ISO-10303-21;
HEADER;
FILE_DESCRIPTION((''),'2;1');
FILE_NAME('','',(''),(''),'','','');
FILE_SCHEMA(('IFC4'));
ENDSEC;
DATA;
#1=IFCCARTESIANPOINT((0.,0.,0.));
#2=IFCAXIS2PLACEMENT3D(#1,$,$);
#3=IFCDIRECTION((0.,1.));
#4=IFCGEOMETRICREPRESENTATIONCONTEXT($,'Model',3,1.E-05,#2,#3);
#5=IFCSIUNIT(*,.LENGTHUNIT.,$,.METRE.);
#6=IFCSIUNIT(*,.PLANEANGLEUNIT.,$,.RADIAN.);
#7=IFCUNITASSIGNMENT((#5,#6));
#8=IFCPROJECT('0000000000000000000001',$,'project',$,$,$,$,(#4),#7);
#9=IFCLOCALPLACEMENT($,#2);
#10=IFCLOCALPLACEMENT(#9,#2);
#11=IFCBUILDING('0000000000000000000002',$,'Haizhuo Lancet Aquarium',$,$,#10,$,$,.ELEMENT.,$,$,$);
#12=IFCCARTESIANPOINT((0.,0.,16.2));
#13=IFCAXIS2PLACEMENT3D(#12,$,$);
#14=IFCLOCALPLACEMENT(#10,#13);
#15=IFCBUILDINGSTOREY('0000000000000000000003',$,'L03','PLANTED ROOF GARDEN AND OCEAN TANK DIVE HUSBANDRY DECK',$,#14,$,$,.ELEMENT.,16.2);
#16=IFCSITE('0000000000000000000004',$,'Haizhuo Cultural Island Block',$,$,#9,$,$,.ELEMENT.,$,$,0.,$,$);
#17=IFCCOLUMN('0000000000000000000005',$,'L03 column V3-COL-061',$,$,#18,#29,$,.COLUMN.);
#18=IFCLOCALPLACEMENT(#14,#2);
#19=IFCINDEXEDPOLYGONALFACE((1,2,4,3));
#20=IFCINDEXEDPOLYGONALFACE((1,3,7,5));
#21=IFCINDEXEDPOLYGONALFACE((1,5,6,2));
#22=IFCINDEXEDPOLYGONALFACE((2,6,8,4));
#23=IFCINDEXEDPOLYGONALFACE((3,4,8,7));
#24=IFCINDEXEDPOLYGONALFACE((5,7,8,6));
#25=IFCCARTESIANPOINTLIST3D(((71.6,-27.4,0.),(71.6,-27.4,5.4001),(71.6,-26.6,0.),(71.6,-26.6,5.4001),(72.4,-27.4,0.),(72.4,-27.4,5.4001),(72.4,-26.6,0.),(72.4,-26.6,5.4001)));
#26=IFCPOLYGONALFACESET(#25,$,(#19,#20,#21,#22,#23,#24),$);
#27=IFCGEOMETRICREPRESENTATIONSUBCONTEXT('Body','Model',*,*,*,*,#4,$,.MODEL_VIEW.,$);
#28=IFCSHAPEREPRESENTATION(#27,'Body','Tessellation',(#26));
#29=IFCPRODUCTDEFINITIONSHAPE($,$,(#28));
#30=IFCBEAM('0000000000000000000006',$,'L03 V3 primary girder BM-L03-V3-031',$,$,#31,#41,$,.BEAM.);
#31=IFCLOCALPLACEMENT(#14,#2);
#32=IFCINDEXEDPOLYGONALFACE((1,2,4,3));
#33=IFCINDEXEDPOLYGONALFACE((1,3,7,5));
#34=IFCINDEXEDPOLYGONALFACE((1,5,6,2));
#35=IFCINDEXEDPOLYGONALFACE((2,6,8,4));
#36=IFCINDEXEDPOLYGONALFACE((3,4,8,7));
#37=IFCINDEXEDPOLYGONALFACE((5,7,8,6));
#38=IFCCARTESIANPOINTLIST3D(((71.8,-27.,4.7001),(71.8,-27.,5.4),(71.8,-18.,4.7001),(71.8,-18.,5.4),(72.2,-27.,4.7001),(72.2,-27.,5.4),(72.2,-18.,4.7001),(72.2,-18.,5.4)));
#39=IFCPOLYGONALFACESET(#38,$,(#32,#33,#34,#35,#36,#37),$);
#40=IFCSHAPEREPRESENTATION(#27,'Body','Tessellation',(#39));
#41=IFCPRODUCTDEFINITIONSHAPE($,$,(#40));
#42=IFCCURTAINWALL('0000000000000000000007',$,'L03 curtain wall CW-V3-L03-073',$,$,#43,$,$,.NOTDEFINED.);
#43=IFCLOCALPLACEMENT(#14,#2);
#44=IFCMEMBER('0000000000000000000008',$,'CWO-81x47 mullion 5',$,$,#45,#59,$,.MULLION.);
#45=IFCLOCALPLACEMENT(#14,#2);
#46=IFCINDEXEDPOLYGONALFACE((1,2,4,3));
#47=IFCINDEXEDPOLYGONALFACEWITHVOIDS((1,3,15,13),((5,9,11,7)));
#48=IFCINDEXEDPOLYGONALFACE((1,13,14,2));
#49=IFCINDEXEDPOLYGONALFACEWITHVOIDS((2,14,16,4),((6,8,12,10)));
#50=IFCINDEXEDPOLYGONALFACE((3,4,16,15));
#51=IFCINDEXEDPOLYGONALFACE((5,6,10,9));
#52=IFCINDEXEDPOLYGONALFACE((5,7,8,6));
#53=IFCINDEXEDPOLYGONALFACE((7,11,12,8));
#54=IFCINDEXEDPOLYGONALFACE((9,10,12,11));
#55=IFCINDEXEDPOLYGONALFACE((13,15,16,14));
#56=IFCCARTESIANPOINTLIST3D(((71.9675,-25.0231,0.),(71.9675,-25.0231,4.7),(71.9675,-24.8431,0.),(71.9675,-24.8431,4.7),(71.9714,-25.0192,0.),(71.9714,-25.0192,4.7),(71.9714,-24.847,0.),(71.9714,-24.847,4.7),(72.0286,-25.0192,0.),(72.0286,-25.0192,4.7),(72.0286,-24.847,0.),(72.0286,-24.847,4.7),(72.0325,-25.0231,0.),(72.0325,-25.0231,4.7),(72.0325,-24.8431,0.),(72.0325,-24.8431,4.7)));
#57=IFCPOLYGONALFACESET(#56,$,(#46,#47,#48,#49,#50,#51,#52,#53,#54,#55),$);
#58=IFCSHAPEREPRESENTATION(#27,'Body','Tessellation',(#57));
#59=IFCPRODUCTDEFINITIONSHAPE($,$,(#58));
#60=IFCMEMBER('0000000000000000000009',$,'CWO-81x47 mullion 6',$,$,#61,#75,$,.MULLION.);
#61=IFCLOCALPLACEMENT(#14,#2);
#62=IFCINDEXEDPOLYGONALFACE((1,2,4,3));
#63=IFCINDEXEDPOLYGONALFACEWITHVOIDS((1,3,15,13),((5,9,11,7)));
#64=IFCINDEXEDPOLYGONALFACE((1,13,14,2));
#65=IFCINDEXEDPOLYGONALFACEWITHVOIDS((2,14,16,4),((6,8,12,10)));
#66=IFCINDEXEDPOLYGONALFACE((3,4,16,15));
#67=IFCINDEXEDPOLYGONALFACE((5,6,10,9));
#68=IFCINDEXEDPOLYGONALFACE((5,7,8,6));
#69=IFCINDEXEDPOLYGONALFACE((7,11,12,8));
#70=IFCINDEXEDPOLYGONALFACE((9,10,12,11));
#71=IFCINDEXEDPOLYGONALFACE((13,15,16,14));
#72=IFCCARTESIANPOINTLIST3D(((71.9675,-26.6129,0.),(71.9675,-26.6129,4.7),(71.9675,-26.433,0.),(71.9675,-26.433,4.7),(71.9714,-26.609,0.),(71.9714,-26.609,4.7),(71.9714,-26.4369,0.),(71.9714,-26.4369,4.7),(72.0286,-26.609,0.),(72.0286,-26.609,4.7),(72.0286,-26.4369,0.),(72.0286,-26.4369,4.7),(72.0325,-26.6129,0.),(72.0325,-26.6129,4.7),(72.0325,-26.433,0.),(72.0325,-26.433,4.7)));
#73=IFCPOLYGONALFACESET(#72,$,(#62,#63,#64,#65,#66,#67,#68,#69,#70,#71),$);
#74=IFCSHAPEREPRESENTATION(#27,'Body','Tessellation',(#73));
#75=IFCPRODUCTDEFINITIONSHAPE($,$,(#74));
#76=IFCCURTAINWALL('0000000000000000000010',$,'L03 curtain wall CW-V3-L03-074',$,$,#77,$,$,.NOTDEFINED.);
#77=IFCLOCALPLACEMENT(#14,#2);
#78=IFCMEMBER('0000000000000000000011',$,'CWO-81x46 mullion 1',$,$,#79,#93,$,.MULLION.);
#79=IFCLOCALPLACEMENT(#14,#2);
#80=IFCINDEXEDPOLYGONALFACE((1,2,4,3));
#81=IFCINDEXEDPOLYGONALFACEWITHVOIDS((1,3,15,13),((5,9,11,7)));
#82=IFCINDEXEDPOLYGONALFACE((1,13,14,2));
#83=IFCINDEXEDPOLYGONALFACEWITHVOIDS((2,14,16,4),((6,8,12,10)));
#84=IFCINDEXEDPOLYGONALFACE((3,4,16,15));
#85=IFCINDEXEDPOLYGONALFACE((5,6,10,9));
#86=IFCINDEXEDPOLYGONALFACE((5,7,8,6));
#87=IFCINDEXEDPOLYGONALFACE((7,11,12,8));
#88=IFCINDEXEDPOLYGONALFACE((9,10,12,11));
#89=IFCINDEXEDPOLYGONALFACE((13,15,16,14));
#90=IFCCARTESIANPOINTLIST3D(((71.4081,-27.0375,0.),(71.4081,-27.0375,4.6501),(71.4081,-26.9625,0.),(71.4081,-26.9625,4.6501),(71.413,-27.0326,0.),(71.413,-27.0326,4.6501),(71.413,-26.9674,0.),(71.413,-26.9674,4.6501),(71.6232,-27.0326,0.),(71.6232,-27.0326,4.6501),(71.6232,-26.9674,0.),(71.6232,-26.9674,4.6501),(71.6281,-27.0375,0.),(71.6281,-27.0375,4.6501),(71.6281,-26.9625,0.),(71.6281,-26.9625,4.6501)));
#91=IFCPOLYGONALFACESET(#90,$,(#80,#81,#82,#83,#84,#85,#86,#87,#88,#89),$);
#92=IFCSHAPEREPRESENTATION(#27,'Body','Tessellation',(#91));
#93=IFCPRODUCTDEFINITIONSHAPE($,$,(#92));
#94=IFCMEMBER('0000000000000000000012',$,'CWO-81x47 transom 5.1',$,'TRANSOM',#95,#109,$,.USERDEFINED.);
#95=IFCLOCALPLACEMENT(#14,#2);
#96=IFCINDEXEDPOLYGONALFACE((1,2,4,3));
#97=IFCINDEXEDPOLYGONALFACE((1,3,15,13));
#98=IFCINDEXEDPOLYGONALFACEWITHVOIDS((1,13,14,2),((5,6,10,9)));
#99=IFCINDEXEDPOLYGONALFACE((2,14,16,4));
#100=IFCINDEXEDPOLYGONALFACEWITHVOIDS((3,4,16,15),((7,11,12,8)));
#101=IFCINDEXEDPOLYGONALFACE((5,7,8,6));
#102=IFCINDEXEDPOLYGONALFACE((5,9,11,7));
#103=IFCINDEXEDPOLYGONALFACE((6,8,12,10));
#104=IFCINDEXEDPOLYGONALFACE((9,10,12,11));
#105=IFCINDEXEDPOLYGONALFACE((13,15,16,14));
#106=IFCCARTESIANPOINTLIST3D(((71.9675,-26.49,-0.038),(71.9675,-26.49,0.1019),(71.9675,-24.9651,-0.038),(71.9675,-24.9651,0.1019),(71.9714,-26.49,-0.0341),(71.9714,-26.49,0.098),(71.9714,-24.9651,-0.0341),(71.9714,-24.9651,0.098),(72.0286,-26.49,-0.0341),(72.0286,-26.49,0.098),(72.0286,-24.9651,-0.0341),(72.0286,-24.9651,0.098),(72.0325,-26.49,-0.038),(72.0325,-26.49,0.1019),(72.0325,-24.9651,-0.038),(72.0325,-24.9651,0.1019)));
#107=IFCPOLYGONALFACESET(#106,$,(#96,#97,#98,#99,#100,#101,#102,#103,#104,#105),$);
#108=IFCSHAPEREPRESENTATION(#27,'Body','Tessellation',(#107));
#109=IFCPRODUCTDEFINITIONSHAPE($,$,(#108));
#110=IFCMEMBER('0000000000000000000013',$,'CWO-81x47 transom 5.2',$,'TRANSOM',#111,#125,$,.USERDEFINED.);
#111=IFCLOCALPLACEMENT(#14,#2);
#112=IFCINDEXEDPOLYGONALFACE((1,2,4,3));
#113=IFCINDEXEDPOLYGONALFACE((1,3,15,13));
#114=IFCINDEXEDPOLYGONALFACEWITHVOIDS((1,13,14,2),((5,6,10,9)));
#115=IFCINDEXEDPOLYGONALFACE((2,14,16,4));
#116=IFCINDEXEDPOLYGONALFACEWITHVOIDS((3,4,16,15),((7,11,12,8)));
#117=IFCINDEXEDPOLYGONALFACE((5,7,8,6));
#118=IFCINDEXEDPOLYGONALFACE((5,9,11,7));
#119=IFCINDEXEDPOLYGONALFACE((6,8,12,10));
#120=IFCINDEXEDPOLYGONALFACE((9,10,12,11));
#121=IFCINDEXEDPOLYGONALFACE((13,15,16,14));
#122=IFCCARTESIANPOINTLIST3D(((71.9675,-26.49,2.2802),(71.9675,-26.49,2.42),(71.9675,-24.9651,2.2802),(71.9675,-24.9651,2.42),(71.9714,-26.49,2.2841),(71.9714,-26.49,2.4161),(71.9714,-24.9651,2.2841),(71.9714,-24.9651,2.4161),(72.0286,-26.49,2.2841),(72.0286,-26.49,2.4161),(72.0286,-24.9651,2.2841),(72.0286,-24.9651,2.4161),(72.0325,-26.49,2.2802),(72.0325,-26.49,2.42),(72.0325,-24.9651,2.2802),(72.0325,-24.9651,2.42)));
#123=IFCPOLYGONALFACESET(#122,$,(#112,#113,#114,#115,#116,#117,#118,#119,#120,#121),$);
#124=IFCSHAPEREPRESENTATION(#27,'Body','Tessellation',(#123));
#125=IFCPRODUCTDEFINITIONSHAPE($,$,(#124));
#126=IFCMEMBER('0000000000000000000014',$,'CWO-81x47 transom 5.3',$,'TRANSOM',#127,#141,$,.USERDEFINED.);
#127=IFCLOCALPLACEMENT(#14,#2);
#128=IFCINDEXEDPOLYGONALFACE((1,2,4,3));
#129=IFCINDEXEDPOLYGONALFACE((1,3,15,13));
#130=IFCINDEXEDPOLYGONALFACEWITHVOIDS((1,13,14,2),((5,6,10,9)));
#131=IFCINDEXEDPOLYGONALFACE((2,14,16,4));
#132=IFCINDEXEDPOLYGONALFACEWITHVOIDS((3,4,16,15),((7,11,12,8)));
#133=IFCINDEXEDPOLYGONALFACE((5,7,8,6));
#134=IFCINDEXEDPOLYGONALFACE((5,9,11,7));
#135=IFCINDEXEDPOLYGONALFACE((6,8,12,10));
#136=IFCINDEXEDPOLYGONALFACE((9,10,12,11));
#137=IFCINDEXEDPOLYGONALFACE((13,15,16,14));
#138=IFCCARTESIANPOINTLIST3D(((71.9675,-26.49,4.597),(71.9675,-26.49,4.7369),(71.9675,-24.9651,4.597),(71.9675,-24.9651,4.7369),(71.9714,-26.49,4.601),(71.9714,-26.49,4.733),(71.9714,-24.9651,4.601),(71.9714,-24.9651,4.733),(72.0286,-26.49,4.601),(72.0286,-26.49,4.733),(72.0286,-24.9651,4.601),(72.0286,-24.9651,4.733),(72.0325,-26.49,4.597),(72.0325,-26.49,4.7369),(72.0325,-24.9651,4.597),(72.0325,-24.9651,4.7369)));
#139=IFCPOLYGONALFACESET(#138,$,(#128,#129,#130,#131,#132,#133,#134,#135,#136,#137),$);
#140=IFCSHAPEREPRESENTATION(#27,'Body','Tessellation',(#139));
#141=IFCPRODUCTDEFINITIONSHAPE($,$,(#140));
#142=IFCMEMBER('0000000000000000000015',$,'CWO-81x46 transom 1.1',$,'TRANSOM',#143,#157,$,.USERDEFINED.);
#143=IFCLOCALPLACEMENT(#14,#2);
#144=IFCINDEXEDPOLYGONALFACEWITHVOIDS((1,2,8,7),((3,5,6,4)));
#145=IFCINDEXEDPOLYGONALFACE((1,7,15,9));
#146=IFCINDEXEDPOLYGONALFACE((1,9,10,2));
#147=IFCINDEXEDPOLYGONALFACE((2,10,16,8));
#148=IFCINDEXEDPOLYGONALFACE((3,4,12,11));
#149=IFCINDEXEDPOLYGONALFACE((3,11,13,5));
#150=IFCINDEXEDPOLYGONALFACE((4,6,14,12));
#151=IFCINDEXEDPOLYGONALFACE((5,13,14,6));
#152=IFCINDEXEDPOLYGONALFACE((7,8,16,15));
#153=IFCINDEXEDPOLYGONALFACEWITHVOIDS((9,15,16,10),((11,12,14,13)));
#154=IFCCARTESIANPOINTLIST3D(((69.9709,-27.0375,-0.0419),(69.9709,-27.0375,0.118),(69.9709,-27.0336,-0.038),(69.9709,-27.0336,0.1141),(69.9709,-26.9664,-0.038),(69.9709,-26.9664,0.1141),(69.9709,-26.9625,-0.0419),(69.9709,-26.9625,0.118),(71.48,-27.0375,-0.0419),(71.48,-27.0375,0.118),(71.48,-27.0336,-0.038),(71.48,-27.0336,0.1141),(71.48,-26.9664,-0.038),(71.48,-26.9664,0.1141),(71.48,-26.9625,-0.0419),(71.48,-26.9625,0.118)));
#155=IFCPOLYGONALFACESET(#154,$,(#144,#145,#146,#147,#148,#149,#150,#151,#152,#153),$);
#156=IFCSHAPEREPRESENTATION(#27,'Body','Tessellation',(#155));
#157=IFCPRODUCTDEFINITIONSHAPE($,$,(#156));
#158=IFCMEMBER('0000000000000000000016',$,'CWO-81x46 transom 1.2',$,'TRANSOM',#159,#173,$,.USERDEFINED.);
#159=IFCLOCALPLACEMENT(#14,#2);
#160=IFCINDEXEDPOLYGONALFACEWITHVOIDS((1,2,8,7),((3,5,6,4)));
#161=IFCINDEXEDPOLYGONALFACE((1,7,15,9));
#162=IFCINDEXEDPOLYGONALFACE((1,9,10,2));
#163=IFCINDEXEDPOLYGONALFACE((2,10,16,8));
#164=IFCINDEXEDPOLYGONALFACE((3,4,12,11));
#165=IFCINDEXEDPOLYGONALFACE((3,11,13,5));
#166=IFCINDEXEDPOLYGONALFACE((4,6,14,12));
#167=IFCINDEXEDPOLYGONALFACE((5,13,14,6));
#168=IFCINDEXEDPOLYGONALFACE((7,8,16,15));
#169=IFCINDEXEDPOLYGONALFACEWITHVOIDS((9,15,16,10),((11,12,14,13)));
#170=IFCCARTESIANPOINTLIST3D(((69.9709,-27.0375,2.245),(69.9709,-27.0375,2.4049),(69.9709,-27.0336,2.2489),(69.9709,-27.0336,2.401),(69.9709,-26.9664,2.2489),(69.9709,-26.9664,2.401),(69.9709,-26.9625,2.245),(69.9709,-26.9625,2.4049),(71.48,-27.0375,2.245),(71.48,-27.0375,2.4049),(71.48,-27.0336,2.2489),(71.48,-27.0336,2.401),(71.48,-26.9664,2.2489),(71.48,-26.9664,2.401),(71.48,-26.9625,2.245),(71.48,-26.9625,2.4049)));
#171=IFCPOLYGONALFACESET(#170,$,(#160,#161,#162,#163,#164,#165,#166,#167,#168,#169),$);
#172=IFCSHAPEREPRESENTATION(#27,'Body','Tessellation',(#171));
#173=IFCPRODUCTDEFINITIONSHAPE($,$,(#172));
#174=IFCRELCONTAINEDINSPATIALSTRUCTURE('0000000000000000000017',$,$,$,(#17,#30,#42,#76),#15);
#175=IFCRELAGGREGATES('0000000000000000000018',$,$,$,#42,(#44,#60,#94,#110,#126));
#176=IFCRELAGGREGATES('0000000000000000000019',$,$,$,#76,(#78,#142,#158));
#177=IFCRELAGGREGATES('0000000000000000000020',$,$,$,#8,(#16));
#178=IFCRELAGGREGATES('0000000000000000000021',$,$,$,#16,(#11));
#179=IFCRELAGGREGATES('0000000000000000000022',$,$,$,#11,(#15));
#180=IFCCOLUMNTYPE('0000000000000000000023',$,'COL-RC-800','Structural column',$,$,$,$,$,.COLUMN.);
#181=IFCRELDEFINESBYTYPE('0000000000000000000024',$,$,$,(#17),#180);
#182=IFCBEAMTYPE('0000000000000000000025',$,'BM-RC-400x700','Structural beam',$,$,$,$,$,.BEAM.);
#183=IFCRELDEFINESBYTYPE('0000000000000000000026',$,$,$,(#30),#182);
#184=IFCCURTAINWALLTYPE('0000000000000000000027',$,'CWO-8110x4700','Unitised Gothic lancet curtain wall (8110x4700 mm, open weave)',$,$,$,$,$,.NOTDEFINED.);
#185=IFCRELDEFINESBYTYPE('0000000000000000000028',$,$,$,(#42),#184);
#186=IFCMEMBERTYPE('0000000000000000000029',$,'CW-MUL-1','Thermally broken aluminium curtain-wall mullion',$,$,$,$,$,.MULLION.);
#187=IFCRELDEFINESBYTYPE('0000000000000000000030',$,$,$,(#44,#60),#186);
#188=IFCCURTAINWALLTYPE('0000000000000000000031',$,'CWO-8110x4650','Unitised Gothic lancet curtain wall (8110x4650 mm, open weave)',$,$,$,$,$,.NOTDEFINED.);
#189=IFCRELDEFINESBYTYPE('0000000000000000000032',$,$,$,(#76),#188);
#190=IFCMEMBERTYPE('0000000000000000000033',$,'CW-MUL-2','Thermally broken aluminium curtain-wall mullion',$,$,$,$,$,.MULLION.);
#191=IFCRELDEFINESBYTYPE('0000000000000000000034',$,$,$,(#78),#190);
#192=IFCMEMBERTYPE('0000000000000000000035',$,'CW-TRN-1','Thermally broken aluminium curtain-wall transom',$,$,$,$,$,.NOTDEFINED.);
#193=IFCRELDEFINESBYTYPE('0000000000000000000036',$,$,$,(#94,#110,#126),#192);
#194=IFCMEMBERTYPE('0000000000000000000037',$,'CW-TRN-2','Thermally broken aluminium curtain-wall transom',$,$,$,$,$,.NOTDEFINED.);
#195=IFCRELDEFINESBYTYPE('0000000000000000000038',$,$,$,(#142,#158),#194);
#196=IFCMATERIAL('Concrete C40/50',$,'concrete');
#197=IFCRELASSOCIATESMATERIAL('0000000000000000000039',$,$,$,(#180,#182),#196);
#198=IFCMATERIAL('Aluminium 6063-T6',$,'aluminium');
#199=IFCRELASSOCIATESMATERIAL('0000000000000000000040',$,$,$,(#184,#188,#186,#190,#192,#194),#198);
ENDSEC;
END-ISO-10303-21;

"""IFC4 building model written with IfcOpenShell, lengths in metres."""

from ifc_helpers import new_model, si_unit, direction, frame, origin, origin_2d, place, context, subcontext, project, spatial, rectangle, hollow_rectangle, extrude, material, material_profile, profile_set, type_object, element, aggregate, save


model = new_model("IFC4")

# Units and contexts
model_context = context("Model", 3, precision=1e-05, world=origin(), true_north=direction((0.0, 1.0)))
body_context = subcontext(model_context, "Body", "Model", "MODEL_VIEW")
ifc_project = project(units=[si_unit("LENGTHUNIT", "METRE"), si_unit("PLANEANGLEUNIT", "RADIAN")], contexts=[model_context])

# Site, building, storey
site_placement = place(None, origin())
site = spatial("IfcSite", under=ifc_project, at=site_placement, Name="Haizhuo Cultural Island Block", CompositionType="ELEMENT", RefElevation=0.0)
building_placement = place(site_placement, origin())
building = spatial("IfcBuilding", under=site, at=building_placement, Name="Haizhuo Lancet Aquarium", CompositionType="ELEMENT")
storey_placement = place(building_placement, frame((0.0, 0.0, 16.2)))
storey = spatial("IfcBuildingStorey", under=building, at=storey_placement, Name="L03", Description="PLANTED ROOF GARDEN AND OCEAN TANK DIVE HUSBANDRY DECK", CompositionType="ELEMENT", Elevation=16.2)

# Column
ifc_material_1 = material(Name="Concrete C40/50", Category="concrete")
ifc_material_profile_1 = material_profile(ifc_material_1, rectangle(XDim=0.8, YDim=0.8, at=origin_2d()), Name="RC-COL 800x800")
ifc_profile_set_1 = profile_set([ifc_material_profile_1], Name="Concrete C40/50")
column_type = type_object("IfcColumnType", Name="COL-RC-800", Description="Structural column", PredefinedType="COLUMN", material=ifc_profile_set_1)
column_placement = place(storey_placement, frame((72.0, -27.0, 0.0), z_axis=(0.0, 0.0, 1.0), x_axis=(1.0, 0.0, 0.0)))
element("IfcColumn", 1, at=column_placement, inside=storey, type_object=column_type, Name="L03 column V3-COL-061", PredefinedType="COLUMN", context=body_context, shape_type="SweptSolid", body=[
    extrude(rectangle(XDim=0.8, YDim=0.8, at=origin_2d()), origin(), (0.0, 0.0, 1.0), 5.4001),
])

# Beam
ifc_material_profile_2 = material_profile(ifc_material_1, rectangle(XDim=0.3999, YDim=0.7, at=origin_2d()), Name="RC-BM 400x700")
ifc_profile_set_2 = profile_set([ifc_material_profile_2], Name="Concrete C40/50")
beam_type = type_object("IfcBeamType", Name="BM-RC-400x700", Description="Structural beam", PredefinedType="BEAM", material=ifc_profile_set_2)
beam_placement = place(storey_placement, frame((72.0, -27.0, 5.05), z_axis=(0.0, 1.0, 0.0), x_axis=(-1.0, 0.0, 0.0)))
element("IfcBeam", 2, at=beam_placement, inside=storey, type_object=beam_type, Name="L03 V3 primary girder BM-L03-V3-031", PredefinedType="BEAM", context=body_context, shape_type="SweptSolid", body=[
    extrude(rectangle(XDim=0.3999, YDim=0.7, at=origin_2d()), origin(), (0.0, 0.0, 1.0), 9.0),
])

# Curtain wall, members
ifc_material_2 = material(Name="Aluminium 6063-T6", Category="aluminium")
curtain_wall_type_1 = type_object("IfcCurtainWallType", Name="CWO-8110x4700", Description="Unitised Gothic lancet curtain wall (8110x4700 mm, open weave)", PredefinedType="NOTDEFINED", material=ifc_material_2)
curtain_wall_1_placement = place(storey_placement, origin())
curtain_wall_1 = element("IfcCurtainWall", 3, at=curtain_wall_1_placement, inside=storey, type_object=curtain_wall_type_1, Name="L03 curtain wall CW-V3-L03-073", PredefinedType="NOTDEFINED")
ifc_material_profile_3 = material_profile(ifc_material_2, hollow_rectangle(XDim=0.0649, YDim=0.1799, WallThickness=0.0039, at=origin_2d()), Name="ALU-M 65x180x4")
ifc_profile_set_3 = profile_set([ifc_material_profile_3], Name="Aluminium 6063-T6")
member_type_1 = type_object("IfcMemberType", Name="CW-MUL-1", Description="Thermally broken aluminium curtain-wall mullion", PredefinedType="MULLION", material=ifc_profile_set_3)
member_1_placement = place(storey_placement, frame((72.0, -24.9331, 0.0), z_axis=(0.0, 0.0, 1.0), x_axis=(1.0, 0.0, 0.0)))
member_1 = element("IfcMember", 4, at=member_1_placement, type_object=member_type_1, Name="CWO-81x47 mullion 5", PredefinedType="MULLION", context=body_context, shape_type="SweptSolid", body=[
    extrude(hollow_rectangle(XDim=0.0649, YDim=0.1799, WallThickness=0.0039, at=origin_2d()), origin(), (0.0, 0.0, 1.0), 4.7),
])
member_2_placement = place(storey_placement, frame((72.0, -26.5229, 0.0), z_axis=(0.0, 0.0, 1.0), x_axis=(1.0, 0.0, 0.0)))
member_2 = element("IfcMember", 5, at=member_2_placement, type_object=member_type_1, Name="CWO-81x47 mullion 6", PredefinedType="MULLION", context=body_context, shape_type="SweptSolid", body=[
    extrude(hollow_rectangle(XDim=0.0649, YDim=0.1799, WallThickness=0.0039, at=origin_2d()), origin(), (0.0, 0.0, 1.0), 4.7),
])

# Curtain wall, member
curtain_wall_type_2 = type_object("IfcCurtainWallType", Name="CWO-8110x4650", Description="Unitised Gothic lancet curtain wall (8110x4650 mm, open weave)", PredefinedType="NOTDEFINED", material=ifc_material_2)
curtain_wall_2_placement = place(storey_placement, origin())
curtain_wall_2 = element("IfcCurtainWall", 6, at=curtain_wall_2_placement, inside=storey, type_object=curtain_wall_type_2, Name="L03 curtain wall CW-V3-L03-074", PredefinedType="NOTDEFINED")
ifc_material_profile_4 = material_profile(ifc_material_2, hollow_rectangle(XDim=0.075, YDim=0.22, WallThickness=0.0049, at=origin_2d()), Name="ALU-M 75x220x5")
ifc_profile_set_4 = profile_set([ifc_material_profile_4], Name="Aluminium 6063-T6")
member_type_2 = type_object("IfcMemberType", Name="CW-MUL-2", Description="Thermally broken aluminium curtain-wall mullion", PredefinedType="MULLION", material=ifc_profile_set_4)
member_3_placement = place(storey_placement, frame((71.5181, -27.0, 0.0), z_axis=(0.0, 0.0, 1.0), x_axis=(0.0, -1.0, 0.0)))
member_3 = element("IfcMember", 7, at=member_3_placement, type_object=member_type_2, Name="CWO-81x46 mullion 1", PredefinedType="MULLION", context=body_context, shape_type="SweptSolid", body=[
    extrude(hollow_rectangle(XDim=0.075, YDim=0.22, WallThickness=0.0049, at=origin_2d()), origin(), (0.0, 0.0, 1.0), 4.6501),
])

# Members
ifc_material_profile_5 = material_profile(ifc_material_2, hollow_rectangle(XDim=0.0649, YDim=0.1399, WallThickness=0.0039, at=origin_2d()), Name="ALU-T 65x140x4")
ifc_profile_set_5 = profile_set([ifc_material_profile_5], Name="Aluminium 6063-T6")
member_type_3 = type_object("IfcMemberType", Name="CW-TRN-1", Description="Thermally broken aluminium curtain-wall transom", PredefinedType="NOTDEFINED", material=ifc_profile_set_5)
member_4_placement = place(storey_placement, frame((72.0, -24.9651, 0.032), z_axis=(0.0, -1.0, 0.0), x_axis=(1.0, 0.0, 0.0)))
member_4 = element("IfcMember", 8, at=member_4_placement, type_object=member_type_3, Name="CWO-81x47 transom 5.1", ObjectType="TRANSOM", PredefinedType="USERDEFINED", context=body_context, shape_type="SweptSolid", body=[
    extrude(hollow_rectangle(XDim=0.0649, YDim=0.1399, WallThickness=0.0039, at=origin_2d()), origin(), (0.0, 0.0, 1.0), 1.5249),
])
member_5_placement = place(storey_placement, frame((72.0, -24.9651, 2.3501), z_axis=(0.0, -1.0, 0.0), x_axis=(1.0, 0.0, 0.0)))
member_5 = element("IfcMember", 9, at=member_5_placement, type_object=member_type_3, Name="CWO-81x47 transom 5.2", ObjectType="TRANSOM", PredefinedType="USERDEFINED", context=body_context, shape_type="SweptSolid", body=[
    extrude(hollow_rectangle(XDim=0.0649, YDim=0.1399, WallThickness=0.0039, at=origin_2d()), origin(), (0.0, 0.0, 1.0), 1.5249),
])
member_6_placement = place(storey_placement, frame((72.0, -24.9651, 4.667), z_axis=(0.0, -1.0, 0.0), x_axis=(1.0, 0.0, 0.0)))
member_6 = element("IfcMember", 10, at=member_6_placement, type_object=member_type_3, Name="CWO-81x47 transom 5.3", ObjectType="TRANSOM", PredefinedType="USERDEFINED", context=body_context, shape_type="SweptSolid", body=[
    extrude(hollow_rectangle(XDim=0.0649, YDim=0.1399, WallThickness=0.0039, at=origin_2d()), origin(), (0.0, 0.0, 1.0), 1.5249),
])
ifc_material_profile_6 = material_profile(ifc_material_2, hollow_rectangle(XDim=0.075, YDim=0.1599, WallThickness=0.0039, at=origin_2d()), Name="ALU-T 75x160x4")
ifc_profile_set_6 = profile_set([ifc_material_profile_6], Name="Aluminium 6063-T6")
member_type_4 = type_object("IfcMemberType", Name="CW-TRN-2", Description="Thermally broken aluminium curtain-wall transom", PredefinedType="NOTDEFINED", material=ifc_profile_set_6)
member_7_placement = place(storey_placement, frame((71.48, -27.0, 0.0381), z_axis=(-1.0, 0.0, 0.0), x_axis=(0.0, -1.0, 0.0)))
member_7 = element("IfcMember", 11, at=member_7_placement, type_object=member_type_4, Name="CWO-81x46 transom 1.1", ObjectType="TRANSOM", PredefinedType="USERDEFINED", context=body_context, shape_type="SweptSolid", body=[
    extrude(hollow_rectangle(XDim=0.075, YDim=0.1599, WallThickness=0.0039, at=origin_2d()), origin(), (0.0, 0.0, 1.0), 1.509),
])
member_8_placement = place(storey_placement, frame((71.48, -27.0, 2.325), z_axis=(-1.0, 0.0, 0.0), x_axis=(0.0, -1.0, 0.0)))
member_8 = element("IfcMember", 12, at=member_8_placement, type_object=member_type_4, Name="CWO-81x46 transom 1.2", ObjectType="TRANSOM", PredefinedType="USERDEFINED", context=body_context, shape_type="SweptSolid", body=[
    extrude(hollow_rectangle(XDim=0.075, YDim=0.1599, WallThickness=0.0039, at=origin_2d()), origin(), (0.0, 0.0, 1.0), 1.509),
])

aggregate(curtain_wall_1, [member_1, member_2, member_4, member_5, member_6])
aggregate(curtain_wall_2, [member_3, member_7, member_8])

save(model, "model.ifc")
